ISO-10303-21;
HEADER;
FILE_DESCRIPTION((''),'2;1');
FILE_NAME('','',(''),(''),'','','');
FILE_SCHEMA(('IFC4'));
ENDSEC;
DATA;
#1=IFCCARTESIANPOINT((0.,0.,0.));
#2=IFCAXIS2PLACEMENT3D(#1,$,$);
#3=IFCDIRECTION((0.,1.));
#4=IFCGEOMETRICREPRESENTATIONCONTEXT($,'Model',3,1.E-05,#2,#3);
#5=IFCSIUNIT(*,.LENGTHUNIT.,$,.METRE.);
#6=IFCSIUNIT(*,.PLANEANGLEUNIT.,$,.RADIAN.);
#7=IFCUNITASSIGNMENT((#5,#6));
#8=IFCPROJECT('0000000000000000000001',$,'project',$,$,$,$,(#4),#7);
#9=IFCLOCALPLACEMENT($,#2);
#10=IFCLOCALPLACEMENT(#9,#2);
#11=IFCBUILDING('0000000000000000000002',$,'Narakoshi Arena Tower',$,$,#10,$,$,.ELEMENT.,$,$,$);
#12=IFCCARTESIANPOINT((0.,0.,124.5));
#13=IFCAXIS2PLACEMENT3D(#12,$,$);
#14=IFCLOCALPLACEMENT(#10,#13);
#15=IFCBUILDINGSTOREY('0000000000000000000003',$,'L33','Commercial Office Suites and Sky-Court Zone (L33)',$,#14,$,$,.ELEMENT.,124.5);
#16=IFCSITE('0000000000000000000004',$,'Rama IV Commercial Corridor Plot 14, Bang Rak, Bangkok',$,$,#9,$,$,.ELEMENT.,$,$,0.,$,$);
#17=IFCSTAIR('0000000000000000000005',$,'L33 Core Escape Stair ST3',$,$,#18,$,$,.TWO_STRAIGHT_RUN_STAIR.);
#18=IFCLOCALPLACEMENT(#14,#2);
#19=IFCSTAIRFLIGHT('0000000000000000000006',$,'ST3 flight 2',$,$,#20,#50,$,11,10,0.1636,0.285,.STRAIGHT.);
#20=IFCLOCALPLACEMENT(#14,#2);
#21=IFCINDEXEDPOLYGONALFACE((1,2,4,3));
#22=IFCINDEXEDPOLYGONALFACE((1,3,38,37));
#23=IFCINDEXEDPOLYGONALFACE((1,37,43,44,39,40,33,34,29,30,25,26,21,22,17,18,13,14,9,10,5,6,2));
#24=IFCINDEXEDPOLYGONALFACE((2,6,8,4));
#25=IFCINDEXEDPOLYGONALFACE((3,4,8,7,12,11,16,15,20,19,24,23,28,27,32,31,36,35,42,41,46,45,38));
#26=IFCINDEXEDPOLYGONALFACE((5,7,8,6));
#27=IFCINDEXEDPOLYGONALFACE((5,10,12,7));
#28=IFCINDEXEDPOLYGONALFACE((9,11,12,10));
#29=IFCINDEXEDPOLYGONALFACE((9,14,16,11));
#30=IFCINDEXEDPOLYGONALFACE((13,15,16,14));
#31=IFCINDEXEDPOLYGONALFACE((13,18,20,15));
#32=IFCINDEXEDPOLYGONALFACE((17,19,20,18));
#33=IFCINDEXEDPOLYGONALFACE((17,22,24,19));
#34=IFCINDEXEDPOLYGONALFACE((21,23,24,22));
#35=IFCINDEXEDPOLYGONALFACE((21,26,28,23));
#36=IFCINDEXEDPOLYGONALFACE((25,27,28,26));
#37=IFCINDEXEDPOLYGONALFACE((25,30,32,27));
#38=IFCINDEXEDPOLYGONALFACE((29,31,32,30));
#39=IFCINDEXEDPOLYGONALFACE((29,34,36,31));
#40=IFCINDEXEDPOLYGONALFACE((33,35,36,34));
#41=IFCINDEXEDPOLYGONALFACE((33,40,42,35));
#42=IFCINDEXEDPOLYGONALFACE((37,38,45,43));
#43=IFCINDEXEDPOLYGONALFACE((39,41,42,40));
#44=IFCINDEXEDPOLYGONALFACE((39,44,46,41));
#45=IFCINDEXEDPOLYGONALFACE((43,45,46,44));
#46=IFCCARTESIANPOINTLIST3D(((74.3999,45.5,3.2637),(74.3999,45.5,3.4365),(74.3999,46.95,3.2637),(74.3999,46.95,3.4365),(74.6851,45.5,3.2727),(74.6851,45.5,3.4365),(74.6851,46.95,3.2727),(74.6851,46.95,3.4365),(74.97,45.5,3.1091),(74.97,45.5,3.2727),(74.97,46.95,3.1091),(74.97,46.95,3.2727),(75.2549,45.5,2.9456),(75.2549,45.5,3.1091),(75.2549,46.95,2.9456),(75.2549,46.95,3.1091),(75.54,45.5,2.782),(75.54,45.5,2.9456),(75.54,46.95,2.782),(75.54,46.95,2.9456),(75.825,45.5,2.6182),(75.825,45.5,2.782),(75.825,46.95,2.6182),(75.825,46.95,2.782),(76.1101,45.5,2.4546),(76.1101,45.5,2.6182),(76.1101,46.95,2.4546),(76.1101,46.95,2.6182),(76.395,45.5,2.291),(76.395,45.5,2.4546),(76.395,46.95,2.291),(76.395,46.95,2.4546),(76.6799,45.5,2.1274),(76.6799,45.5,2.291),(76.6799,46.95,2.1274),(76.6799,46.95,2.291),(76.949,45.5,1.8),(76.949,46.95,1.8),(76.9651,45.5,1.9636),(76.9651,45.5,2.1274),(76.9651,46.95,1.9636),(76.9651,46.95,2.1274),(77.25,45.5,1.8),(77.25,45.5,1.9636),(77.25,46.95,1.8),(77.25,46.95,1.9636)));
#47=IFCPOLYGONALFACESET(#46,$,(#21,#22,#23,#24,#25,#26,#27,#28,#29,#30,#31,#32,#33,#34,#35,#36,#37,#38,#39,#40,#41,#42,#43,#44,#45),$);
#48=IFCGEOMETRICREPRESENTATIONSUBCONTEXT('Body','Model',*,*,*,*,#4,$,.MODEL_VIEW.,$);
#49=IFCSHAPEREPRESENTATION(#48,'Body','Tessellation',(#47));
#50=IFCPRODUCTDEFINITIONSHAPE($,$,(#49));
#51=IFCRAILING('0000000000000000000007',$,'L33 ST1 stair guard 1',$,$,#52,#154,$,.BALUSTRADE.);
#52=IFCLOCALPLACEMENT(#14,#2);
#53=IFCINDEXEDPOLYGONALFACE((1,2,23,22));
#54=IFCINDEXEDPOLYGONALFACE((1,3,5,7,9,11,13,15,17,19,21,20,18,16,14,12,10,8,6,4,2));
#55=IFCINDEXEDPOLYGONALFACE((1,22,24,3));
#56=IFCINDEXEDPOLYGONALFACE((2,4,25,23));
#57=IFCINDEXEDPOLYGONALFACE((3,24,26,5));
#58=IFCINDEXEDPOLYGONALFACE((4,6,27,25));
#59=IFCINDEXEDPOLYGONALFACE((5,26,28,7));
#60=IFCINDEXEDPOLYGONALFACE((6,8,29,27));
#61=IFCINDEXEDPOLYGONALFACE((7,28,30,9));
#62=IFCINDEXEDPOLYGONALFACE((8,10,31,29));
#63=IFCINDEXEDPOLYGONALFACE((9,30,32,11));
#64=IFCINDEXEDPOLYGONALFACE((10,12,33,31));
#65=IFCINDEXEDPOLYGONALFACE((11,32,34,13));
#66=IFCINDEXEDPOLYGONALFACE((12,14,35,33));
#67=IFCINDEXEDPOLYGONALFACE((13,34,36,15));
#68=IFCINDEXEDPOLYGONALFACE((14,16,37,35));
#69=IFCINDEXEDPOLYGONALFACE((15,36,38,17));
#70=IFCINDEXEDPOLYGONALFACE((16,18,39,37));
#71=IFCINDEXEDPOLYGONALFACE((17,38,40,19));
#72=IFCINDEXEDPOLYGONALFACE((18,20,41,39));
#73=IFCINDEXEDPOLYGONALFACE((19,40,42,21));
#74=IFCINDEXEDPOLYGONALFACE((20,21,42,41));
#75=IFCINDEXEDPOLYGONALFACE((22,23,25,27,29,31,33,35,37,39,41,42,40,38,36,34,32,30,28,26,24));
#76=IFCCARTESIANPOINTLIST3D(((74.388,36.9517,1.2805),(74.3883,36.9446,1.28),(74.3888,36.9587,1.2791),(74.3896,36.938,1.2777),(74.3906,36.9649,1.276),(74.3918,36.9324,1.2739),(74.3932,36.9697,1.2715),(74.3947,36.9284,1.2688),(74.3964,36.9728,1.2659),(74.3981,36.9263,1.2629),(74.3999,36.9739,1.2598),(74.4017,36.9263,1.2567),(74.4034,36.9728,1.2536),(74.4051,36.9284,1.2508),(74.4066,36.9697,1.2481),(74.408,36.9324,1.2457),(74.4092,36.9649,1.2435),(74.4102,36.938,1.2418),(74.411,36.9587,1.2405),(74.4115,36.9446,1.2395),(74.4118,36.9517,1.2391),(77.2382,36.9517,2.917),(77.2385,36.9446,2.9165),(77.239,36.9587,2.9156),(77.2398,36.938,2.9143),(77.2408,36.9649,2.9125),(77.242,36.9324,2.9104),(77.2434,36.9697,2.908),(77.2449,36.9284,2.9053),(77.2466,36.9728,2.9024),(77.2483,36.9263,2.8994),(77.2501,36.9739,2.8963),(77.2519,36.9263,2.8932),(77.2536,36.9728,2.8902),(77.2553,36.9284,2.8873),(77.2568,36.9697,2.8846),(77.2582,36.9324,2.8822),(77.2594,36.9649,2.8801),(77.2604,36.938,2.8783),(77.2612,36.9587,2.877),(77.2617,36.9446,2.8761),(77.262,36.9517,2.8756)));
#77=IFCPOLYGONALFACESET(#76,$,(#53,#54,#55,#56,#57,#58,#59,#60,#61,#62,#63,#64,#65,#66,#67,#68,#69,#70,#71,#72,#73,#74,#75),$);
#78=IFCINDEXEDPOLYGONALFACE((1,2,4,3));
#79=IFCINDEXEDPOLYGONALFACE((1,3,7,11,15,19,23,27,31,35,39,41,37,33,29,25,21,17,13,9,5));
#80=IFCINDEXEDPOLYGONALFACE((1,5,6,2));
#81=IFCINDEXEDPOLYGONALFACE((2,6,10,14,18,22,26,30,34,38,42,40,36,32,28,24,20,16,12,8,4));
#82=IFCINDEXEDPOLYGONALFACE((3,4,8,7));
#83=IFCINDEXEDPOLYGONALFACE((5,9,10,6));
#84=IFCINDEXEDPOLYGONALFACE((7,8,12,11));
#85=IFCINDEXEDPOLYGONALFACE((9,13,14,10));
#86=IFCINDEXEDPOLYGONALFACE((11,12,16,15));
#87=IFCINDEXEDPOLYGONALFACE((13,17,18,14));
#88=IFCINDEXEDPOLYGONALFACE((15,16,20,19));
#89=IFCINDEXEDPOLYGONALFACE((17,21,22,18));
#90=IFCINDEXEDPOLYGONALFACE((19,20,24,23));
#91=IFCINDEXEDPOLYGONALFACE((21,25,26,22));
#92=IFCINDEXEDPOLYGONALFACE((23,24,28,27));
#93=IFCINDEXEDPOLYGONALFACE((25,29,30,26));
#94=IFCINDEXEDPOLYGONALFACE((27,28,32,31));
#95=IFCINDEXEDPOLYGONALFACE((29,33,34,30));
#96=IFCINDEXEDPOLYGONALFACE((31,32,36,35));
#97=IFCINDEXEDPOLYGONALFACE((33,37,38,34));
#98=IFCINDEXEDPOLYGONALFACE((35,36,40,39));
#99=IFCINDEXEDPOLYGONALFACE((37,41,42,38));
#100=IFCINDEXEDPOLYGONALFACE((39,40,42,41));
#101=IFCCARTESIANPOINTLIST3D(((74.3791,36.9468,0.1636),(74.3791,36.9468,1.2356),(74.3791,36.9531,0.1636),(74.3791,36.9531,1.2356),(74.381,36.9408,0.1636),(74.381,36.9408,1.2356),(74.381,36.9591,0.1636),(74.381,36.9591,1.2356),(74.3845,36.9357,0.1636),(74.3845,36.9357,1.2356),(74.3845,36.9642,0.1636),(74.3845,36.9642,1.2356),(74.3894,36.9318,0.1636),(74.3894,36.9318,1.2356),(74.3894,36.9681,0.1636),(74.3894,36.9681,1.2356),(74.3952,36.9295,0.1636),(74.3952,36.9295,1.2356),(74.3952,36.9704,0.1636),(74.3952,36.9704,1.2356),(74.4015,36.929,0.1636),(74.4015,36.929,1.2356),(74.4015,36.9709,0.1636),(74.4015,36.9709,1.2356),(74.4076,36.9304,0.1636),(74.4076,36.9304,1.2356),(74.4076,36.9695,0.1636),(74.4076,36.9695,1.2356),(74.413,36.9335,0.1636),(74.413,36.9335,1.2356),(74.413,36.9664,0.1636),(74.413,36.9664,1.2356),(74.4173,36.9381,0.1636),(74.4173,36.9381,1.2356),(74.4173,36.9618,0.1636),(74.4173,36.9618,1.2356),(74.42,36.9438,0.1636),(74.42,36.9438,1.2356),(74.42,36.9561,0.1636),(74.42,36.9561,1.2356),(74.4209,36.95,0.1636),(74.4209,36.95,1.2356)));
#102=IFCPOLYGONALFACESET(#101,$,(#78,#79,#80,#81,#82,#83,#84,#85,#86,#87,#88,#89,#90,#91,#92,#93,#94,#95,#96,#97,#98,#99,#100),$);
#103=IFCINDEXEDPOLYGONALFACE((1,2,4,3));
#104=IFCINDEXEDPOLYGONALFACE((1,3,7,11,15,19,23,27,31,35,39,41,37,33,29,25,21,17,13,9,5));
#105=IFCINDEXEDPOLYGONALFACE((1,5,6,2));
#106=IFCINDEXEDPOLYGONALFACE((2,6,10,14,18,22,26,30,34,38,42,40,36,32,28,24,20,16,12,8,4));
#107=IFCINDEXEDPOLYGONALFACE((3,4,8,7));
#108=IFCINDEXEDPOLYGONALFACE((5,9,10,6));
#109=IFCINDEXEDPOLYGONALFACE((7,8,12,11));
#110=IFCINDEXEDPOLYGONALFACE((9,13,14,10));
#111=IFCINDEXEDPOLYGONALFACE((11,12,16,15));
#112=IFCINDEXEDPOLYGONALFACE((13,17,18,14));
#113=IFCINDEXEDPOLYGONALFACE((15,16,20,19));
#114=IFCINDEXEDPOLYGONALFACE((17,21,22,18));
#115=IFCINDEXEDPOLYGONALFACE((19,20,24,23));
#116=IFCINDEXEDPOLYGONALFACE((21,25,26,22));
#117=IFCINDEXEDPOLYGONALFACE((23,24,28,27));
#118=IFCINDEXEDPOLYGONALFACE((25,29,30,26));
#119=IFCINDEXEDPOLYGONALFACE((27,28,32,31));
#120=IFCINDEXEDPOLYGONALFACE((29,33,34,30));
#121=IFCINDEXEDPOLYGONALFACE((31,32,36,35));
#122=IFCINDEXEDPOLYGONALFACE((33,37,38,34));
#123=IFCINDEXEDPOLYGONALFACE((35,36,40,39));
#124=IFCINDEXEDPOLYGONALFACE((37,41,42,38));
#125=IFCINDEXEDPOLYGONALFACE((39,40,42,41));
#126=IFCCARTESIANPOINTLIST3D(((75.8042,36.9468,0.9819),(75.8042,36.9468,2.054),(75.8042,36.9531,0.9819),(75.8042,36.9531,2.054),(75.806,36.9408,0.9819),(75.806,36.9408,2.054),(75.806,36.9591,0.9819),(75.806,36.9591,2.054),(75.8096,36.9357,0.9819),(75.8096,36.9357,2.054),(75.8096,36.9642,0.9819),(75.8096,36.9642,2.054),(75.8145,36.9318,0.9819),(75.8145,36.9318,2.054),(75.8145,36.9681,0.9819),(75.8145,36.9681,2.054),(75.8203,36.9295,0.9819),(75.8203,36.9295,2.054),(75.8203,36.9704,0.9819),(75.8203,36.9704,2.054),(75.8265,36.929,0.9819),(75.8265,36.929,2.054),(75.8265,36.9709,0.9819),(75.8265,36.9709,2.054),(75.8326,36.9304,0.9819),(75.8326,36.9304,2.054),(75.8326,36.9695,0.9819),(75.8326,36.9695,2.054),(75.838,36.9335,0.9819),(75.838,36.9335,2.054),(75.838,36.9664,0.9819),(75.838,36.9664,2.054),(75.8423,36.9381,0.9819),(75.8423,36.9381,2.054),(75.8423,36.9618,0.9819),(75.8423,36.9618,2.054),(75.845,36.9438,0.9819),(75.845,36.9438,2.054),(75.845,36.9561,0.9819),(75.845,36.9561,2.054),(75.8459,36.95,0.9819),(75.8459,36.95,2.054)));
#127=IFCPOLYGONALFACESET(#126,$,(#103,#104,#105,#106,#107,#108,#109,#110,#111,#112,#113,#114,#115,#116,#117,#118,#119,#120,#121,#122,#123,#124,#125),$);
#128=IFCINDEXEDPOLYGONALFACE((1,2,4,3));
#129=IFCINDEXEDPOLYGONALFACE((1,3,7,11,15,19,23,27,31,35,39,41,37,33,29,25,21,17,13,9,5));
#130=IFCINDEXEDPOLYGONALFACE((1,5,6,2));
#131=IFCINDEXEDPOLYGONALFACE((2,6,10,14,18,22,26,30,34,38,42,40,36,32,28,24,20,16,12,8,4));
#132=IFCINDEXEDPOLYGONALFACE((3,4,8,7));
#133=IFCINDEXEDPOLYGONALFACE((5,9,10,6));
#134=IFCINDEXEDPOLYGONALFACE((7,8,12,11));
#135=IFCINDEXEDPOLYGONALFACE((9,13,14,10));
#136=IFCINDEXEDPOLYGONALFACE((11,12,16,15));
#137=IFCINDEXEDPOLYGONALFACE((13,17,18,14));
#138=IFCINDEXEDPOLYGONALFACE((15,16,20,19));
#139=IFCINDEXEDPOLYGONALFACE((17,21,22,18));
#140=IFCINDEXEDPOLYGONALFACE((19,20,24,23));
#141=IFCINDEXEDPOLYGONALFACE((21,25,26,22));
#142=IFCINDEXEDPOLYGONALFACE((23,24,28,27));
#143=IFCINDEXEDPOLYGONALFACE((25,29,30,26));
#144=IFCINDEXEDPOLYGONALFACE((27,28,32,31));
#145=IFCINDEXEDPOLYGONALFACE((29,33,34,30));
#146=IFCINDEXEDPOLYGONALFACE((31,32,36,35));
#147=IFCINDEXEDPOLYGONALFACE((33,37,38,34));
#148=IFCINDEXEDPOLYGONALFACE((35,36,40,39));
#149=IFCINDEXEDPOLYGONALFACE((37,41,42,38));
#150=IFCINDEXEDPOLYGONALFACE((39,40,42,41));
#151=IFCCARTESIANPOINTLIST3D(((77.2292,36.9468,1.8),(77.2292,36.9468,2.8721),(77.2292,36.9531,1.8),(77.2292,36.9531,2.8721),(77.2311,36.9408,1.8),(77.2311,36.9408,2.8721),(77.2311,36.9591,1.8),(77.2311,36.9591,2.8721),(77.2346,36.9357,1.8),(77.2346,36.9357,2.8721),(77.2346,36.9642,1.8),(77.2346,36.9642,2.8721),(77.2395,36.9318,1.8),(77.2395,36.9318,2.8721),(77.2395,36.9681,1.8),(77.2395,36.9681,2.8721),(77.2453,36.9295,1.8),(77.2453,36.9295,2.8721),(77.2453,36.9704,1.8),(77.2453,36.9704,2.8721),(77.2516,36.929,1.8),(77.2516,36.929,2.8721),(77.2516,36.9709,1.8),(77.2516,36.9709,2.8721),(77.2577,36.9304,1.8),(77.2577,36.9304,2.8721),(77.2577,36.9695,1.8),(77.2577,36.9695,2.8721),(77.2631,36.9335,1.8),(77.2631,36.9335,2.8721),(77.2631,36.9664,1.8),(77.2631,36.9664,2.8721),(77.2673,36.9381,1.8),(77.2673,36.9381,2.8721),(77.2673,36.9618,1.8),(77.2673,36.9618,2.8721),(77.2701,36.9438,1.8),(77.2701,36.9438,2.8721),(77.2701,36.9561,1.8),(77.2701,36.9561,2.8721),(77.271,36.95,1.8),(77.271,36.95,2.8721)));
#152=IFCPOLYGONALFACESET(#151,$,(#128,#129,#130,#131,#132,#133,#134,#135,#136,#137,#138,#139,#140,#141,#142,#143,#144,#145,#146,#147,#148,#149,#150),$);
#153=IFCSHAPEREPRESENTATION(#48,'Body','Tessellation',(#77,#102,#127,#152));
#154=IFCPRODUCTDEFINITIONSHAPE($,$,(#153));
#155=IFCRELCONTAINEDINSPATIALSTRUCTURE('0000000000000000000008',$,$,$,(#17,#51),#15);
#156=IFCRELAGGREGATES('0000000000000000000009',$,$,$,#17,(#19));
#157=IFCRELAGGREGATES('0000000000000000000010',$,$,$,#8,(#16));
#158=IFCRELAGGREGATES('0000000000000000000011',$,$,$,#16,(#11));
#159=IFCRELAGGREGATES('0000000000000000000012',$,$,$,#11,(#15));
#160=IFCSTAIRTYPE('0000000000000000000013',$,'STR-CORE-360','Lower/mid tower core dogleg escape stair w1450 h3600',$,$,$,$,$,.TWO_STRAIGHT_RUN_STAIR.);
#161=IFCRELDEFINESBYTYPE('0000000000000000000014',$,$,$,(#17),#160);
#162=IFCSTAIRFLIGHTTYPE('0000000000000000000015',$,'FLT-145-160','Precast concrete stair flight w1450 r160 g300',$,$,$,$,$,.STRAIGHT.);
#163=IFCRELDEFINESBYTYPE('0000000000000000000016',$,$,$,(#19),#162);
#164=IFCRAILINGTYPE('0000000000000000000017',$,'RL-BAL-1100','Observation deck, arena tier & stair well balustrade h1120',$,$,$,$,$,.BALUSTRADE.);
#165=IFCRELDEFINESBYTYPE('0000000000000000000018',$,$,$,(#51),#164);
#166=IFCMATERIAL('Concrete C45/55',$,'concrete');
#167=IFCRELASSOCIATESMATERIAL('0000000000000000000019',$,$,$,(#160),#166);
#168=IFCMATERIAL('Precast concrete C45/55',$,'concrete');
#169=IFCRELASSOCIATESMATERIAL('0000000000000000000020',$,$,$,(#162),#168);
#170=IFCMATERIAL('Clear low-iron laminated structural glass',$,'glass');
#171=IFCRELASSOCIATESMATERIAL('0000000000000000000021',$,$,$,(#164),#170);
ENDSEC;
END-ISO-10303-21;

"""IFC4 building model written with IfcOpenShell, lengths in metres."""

from ifc_helpers import new_model, si_unit, direction, frame, origin, origin_2d, place, context, subcontext, project, spatial, polyline, circle, outline, extrude, material, type_object, element, aggregate, save


model = new_model("IFC4")

# Units and contexts
model_context = context("Model", 3, precision=1e-05, world=origin(), true_north=direction((0.0, 1.0)))
body_context = subcontext(model_context, "Body", "Model", "MODEL_VIEW")
ifc_project = project(units=[si_unit("LENGTHUNIT", "METRE"), si_unit("PLANEANGLEUNIT", "RADIAN")], contexts=[model_context])

# Site, building, storey
site_placement = place(None, origin())
site = spatial("IfcSite", under=ifc_project, at=site_placement, Name="Rama IV Commercial Corridor Plot 14, Bang Rak, Bangkok", CompositionType="ELEMENT", RefElevation=0.0)
building_placement = place(site_placement, origin())
building = spatial("IfcBuilding", under=site, at=building_placement, Name="Narakoshi Arena Tower", CompositionType="ELEMENT")
storey_placement = place(building_placement, frame((0.0, 0.0, 124.5)))
storey = spatial("IfcBuildingStorey", under=building, at=storey_placement, Name="L33", Description="Commercial Office Suites and Sky-Court Zone (L33)", CompositionType="ELEMENT", Elevation=124.5)

# Stair, stair flight
ifc_material_1 = material(Name="Concrete C45/55", Category="concrete")
stair_type = type_object("IfcStairType", Name="STR-CORE-360", Description="Lower/mid tower core dogleg escape stair w1450 h3600", PredefinedType="TWO_STRAIGHT_RUN_STAIR", material=ifc_material_1)
ifc_material_2 = material(Name="Precast concrete C45/55", Category="concrete")
stair_flight_type = type_object("IfcStairFlightType", Name="FLT-145-160", Description="Precast concrete stair flight w1450 r160 g300", PredefinedType="STRAIGHT", material=ifc_material_2)
stair_1_placement = place(storey_placement, origin())
stair_1 = element("IfcStair", 1, at=stair_1_placement, inside=storey, type_object=stair_type, Name="L33 Core Escape Stair ST3", PredefinedType="TWO_STRAIGHT_RUN_STAIR")
stair_flight_1_placement = place(storey_placement, frame((77.25, 46.2251, 1.8), z_axis=(0.0, 0.0, 1.0), x_axis=(-1.0, 0.0, 0.0)))
stair_flight_1 = element("IfcStairFlight", 2, at=stair_flight_1_placement, type_object=stair_flight_type, Name="ST3 flight 2", NumberOfRisers=11, NumberOfTreads=10, PredefinedType="STRAIGHT", RiserHeight=0.1636, TreadLength=0.285, context=body_context, shape_type="SweptSolid", body=[
    extrude(outline(polyline([(0.0, 0.0), (0.0, 0.1636), (0.2849, 0.1636), (0.2849, 0.3274), (0.5701, 0.3274), (0.5701, 0.491), (0.855, 0.491), (0.855, 0.6545), (1.1399, 0.6545), (1.1399, 0.8181), (1.425, 0.8181), (1.425, 0.9819), (1.71, 0.9819), (1.71, 1.1455), (1.9951, 1.1455), (1.9951, 1.3091), (2.28, 1.3091), (2.28, 1.4727), (2.5649, 1.4727), (2.5649, 1.6365), (2.8501, 1.6365), (2.8501, 1.8), (2.8501, 1.4636), (0.301, 0.0), (0.0, 0.0)])), frame((0.0, 0.7251, 0.0), z_axis=(0.0, -1.0, 0.0), x_axis=(1.0, 0.0, 0.0)), (0.0, 0.0, 1.0), 1.45),
])
aggregate(stair_1, [stair_flight_1])

# Railing
ifc_material_3 = material(Name="Clear low-iron laminated structural glass", Category="glass")
railing_type_1 = type_object("IfcRailingType", Name="RL-BAL-1100", Description="Observation deck, arena tier & stair well balustrade h1120", PredefinedType="BALUSTRADE", material=ifc_material_3)
railing_1_placement = place(storey_placement, frame((74.3999, 36.95, 0.1636)))
element("IfcRailing", 3, at=railing_1_placement, inside=storey, type_object=railing_type_1, Name="L33 ST1 stair guard 1", PredefinedType="BALUSTRADE", context=body_context, shape_type="SweptSolid", body=[
    extrude(circle(Radius=0.0239, at=origin_2d()), frame((0.0, 0.0, 1.0962), z_axis=(0.867213, 0.0, 0.497938), x_axis=(0.0, 1.0, 0.0)), (0.0, 0.0, 1.0), 3.2866),
    extrude(circle(Radius=0.021, at=origin_2d()), origin(), (0.0, 0.0, 1.0), 1.072),
    extrude(circle(Radius=0.021, at=origin_2d()), frame((1.425, 0.0, 0.8184)), (0.0, 0.0, 1.0), 1.072),
    extrude(circle(Radius=0.021, at=origin_2d()), frame((2.8501, 0.0, 1.6365)), (0.0, 0.0, 1.0), 1.072),
])

save(model, "model.ifc")
